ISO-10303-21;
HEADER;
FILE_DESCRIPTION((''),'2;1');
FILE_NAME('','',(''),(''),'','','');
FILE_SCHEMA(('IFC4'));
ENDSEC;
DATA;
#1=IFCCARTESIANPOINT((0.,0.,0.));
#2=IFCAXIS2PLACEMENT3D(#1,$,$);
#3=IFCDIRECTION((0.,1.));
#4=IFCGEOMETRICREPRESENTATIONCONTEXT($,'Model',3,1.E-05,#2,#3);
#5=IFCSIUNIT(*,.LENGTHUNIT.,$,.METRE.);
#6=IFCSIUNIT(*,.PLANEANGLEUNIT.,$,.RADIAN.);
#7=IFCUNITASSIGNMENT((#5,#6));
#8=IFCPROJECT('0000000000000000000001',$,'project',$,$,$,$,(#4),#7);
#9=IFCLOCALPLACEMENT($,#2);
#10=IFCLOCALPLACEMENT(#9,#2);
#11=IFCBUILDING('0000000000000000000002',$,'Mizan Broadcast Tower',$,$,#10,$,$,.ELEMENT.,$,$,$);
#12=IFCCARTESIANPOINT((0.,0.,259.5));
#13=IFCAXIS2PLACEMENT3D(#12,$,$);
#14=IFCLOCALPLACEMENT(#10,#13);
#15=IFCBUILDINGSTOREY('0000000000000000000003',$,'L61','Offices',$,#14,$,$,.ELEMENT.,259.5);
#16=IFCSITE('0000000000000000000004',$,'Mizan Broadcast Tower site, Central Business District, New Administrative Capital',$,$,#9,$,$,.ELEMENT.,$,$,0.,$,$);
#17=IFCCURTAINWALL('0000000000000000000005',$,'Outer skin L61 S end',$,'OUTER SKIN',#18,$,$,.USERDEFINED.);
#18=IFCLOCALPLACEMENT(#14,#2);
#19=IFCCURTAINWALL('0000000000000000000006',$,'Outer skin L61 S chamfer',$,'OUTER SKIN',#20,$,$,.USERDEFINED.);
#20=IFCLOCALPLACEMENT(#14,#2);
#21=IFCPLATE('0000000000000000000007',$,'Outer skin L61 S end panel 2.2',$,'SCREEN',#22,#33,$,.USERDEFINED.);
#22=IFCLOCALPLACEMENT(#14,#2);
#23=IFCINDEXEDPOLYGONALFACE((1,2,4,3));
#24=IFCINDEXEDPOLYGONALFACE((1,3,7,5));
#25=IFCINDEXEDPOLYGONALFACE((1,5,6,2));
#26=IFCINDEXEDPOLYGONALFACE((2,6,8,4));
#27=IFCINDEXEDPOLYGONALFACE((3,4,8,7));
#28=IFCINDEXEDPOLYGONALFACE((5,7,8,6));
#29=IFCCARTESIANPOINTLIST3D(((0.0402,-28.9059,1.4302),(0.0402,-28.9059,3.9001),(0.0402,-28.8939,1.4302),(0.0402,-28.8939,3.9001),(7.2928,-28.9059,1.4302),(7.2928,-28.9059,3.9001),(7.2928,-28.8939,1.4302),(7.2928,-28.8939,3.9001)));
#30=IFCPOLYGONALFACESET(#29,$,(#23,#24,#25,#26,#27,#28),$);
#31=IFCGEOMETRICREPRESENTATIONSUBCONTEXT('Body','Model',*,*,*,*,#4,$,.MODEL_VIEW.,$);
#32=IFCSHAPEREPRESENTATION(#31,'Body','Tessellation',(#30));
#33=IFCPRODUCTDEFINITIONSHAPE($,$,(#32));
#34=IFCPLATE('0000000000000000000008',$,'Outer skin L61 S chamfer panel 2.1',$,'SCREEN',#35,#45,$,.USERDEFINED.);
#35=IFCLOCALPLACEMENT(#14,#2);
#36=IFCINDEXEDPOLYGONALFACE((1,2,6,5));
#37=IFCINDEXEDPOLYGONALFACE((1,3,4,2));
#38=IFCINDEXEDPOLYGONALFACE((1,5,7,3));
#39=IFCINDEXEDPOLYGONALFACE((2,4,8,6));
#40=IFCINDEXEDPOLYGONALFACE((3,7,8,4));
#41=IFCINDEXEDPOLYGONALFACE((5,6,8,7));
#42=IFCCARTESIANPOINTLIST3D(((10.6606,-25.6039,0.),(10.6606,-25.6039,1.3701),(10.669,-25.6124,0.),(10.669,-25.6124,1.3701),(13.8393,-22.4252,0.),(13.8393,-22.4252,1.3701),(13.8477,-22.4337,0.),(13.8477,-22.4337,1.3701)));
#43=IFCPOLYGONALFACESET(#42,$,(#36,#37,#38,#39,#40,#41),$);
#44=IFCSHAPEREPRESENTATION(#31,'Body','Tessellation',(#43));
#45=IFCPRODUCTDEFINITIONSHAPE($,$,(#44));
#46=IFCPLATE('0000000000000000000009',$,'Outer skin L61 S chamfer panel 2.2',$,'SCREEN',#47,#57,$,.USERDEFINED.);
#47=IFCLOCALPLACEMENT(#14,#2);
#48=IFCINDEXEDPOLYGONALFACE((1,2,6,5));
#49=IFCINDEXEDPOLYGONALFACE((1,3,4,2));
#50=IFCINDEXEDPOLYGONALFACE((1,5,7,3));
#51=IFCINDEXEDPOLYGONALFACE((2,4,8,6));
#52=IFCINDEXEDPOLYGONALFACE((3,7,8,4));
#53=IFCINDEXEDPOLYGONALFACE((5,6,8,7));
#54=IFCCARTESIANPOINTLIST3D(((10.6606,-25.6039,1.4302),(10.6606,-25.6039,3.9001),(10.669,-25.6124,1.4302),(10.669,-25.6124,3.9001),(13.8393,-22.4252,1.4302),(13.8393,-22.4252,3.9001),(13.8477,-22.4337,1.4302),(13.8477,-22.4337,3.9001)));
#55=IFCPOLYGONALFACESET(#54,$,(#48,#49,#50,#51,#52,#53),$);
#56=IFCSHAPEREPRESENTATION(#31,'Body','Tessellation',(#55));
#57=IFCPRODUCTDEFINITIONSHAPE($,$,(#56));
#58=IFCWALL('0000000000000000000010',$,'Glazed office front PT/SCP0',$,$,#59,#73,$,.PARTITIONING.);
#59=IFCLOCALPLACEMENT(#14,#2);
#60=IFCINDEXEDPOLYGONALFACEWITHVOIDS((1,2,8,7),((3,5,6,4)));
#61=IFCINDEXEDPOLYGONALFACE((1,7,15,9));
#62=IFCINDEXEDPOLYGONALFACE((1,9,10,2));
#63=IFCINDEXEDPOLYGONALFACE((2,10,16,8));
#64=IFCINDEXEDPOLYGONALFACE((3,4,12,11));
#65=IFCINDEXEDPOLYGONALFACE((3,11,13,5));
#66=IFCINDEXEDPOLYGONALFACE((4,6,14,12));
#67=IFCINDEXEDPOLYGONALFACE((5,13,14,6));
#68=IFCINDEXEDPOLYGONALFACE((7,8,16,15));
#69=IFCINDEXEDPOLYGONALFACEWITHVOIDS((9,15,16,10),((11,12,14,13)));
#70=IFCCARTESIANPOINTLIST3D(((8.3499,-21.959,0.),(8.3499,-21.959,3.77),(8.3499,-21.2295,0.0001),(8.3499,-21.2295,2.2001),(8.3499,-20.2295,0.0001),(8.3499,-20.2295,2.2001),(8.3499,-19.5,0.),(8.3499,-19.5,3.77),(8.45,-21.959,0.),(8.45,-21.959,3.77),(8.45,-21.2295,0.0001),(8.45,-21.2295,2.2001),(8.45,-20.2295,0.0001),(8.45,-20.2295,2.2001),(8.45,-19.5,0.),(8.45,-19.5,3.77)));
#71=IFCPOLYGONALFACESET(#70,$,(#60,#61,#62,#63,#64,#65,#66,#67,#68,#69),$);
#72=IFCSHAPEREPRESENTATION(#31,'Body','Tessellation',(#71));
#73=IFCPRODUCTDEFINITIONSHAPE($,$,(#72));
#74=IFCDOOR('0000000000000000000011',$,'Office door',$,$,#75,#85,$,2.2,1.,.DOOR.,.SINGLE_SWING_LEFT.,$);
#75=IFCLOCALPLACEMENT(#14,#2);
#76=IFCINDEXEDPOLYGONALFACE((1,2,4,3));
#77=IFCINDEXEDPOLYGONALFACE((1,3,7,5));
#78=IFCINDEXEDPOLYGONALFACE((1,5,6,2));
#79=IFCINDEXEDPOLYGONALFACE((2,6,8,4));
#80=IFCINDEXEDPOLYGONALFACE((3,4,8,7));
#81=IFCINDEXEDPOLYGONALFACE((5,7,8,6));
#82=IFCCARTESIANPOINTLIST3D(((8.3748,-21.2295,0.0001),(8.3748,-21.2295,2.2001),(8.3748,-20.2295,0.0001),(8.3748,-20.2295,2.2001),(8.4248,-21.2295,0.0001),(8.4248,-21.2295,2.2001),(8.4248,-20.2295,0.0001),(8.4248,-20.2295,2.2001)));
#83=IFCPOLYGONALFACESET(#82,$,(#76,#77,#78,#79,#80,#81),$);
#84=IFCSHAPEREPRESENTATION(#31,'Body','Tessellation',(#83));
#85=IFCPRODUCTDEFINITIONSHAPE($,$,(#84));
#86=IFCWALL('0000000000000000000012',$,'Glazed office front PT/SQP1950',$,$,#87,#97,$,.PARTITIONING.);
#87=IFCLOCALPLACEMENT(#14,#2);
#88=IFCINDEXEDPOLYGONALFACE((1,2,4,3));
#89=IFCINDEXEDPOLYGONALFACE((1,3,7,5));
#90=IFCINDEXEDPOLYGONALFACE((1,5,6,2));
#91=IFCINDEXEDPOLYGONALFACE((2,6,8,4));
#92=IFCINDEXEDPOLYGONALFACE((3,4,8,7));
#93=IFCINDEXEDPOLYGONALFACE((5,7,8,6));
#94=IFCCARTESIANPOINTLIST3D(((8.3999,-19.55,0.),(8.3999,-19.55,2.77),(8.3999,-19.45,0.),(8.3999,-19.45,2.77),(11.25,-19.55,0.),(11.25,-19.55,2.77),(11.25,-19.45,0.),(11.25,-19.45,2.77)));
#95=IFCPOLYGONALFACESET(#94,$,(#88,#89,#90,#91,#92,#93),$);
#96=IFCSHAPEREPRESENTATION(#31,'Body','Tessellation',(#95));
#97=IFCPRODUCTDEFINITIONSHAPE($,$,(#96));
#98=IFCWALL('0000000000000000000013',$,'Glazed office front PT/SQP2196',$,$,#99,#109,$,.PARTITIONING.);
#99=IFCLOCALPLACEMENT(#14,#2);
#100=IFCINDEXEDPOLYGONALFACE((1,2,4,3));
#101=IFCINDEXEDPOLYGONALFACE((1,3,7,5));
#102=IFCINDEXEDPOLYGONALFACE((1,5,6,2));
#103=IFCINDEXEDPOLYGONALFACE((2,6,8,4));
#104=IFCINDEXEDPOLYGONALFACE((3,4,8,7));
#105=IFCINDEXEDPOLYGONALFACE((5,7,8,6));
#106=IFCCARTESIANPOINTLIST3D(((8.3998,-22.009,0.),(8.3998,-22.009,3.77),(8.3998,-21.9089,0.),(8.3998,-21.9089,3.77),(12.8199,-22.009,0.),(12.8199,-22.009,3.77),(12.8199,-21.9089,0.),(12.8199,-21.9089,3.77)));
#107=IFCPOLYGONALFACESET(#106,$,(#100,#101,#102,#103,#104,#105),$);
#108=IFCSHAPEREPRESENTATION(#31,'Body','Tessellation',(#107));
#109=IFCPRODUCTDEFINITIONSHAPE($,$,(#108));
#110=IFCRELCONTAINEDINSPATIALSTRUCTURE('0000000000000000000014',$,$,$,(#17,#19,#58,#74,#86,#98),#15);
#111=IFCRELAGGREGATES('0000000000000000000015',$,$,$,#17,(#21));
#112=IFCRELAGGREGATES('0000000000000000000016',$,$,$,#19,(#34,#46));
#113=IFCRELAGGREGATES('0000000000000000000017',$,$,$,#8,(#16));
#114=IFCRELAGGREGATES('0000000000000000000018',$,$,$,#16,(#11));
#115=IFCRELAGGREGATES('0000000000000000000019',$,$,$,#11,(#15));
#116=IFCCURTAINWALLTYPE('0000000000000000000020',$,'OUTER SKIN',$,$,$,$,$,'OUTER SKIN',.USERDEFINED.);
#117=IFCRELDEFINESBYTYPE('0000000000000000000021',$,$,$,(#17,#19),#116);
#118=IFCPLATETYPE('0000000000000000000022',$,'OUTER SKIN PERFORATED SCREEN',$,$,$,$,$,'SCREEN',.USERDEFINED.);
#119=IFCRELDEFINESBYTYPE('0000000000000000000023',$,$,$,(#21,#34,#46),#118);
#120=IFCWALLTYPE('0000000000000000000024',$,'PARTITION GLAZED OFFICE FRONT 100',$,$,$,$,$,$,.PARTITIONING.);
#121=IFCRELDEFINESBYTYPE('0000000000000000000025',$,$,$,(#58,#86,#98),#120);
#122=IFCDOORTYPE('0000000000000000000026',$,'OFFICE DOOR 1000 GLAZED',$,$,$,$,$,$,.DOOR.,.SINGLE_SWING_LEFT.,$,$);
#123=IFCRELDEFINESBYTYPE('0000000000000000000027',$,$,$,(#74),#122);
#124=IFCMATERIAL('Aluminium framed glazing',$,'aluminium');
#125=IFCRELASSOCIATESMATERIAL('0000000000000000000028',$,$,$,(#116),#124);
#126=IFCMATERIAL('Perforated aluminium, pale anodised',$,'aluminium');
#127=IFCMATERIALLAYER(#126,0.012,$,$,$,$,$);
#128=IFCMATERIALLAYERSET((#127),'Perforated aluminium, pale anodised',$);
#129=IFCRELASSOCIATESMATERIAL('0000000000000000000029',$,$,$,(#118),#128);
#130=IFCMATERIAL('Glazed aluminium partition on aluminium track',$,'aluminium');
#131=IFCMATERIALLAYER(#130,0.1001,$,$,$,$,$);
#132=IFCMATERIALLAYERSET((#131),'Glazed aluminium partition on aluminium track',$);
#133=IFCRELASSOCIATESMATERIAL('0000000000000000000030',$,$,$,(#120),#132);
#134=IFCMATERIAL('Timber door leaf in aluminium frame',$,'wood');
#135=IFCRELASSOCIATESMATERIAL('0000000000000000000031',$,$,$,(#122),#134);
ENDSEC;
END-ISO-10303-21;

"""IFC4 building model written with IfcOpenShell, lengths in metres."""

from ifc_helpers import new_model, si_unit, direction, frame, frame_2d, origin, origin_2d, place, context, subcontext, project, spatial, rectangle, extrude, material, layer, layer_set, type_object, element, fill, aggregate, save


model = new_model("IFC4")

# Units and contexts
model_context = context("Model", 3, precision=1e-05, world=origin(), true_north=direction((0.0, 1.0)))
body_context = subcontext(model_context, "Body", "Model", "MODEL_VIEW")
ifc_project = project(units=[si_unit("LENGTHUNIT", "METRE"), si_unit("PLANEANGLEUNIT", "RADIAN")], contexts=[model_context])

# Site, building, storey
site_placement = place(None, origin())
site = spatial("IfcSite", under=ifc_project, at=site_placement, Name="Mizan Broadcast Tower site, Central Business District, New Administrative Capital", CompositionType="ELEMENT", RefElevation=0.0)
building_placement = place(site_placement, origin())
building = spatial("IfcBuilding", under=site, at=building_placement, Name="Mizan Broadcast Tower", CompositionType="ELEMENT")
storey_placement = place(building_placement, frame((0.0, 0.0, 259.5)))
storey = spatial("IfcBuildingStorey", under=building, at=storey_placement, Name="L61", Description="Offices", CompositionType="ELEMENT", Elevation=259.5)

# Curtain wall
ifc_material_1 = material(Name="Aluminium framed glazing", Category="aluminium")
curtain_wall_type_1 = type_object("IfcCurtainWallType", Name="OUTER SKIN", ElementType="OUTER SKIN", PredefinedType="USERDEFINED", material=ifc_material_1)
curtain_wall_1_placement = place(storey_placement, origin())
curtain_wall_1 = element("IfcCurtainWall", 1, at=curtain_wall_1_placement, inside=storey, type_object=curtain_wall_type_1, Name="Outer skin L61 S end", ObjectType="OUTER SKIN", PredefinedType="USERDEFINED")

# Curtain wall
curtain_wall_2_placement = place(storey_placement, origin())
curtain_wall_2 = element("IfcCurtainWall", 2, at=curtain_wall_2_placement, inside=storey, type_object=curtain_wall_type_1, Name="Outer skin L61 S chamfer", ObjectType="OUTER SKIN", PredefinedType="USERDEFINED")

# Plates
ifc_material_2 = material(Name="Perforated aluminium, pale anodised", Category="aluminium")
ifc_layer_1 = layer(ifc_material_2, 0.012)
ifc_layer_set_1 = layer_set([ifc_layer_1], Name="Perforated aluminium, pale anodised")
plate_type_1 = type_object("IfcPlateType", Name="OUTER SKIN PERFORATED SCREEN", ElementType="SCREEN", PredefinedType="USERDEFINED", material=ifc_layer_set_1)
plate_1_placement = place(storey_placement, frame((3.6665, -28.8999, 1.4302), z_axis=(0.0, 0.0, 1.0), x_axis=(1.0, 0.0, 0.0)))
plate_1 = element("IfcPlate", 3, at=plate_1_placement, type_object=plate_type_1, Name="Outer skin L61 S end panel 2.2", ObjectType="SCREEN", PredefinedType="USERDEFINED", context=body_context, shape_type="SweptSolid", body=[
    extrude(rectangle(XDim=7.2527, YDim=0.012, at=origin_2d()), origin(), (0.0, 0.0, 1.0), 2.47),
])
aggregate(curtain_wall_1, [plate_1])
plate_2_placement = place(storey_placement, frame((12.2542, -24.0188, 0.0), z_axis=(0.0, 0.0, 1.0), x_axis=(0.707107, 0.707107, 0.0)))
plate_2 = element("IfcPlate", 4, at=plate_2_placement, type_object=plate_type_1, Name="Outer skin L61 S chamfer panel 2.1", ObjectType="SCREEN", PredefinedType="USERDEFINED", context=body_context, shape_type="SweptSolid", body=[
    extrude(rectangle(XDim=4.4954, YDim=0.012, at=origin_2d()), origin(), (0.0, 0.0, 1.0), 1.3701),
])
plate_3_placement = place(storey_placement, frame((12.2542, -24.0188, 1.4302), z_axis=(0.0, 0.0, 1.0), x_axis=(0.707107, 0.707107, 0.0)))
plate_3 = element("IfcPlate", 5, at=plate_3_placement, type_object=plate_type_1, Name="Outer skin L61 S chamfer panel 2.2", ObjectType="SCREEN", PredefinedType="USERDEFINED", context=body_context, shape_type="SweptSolid", body=[
    extrude(rectangle(XDim=4.4954, YDim=0.012, at=origin_2d()), origin(), (0.0, 0.0, 1.0), 2.47),
])
aggregate(curtain_wall_2, [plate_2, plate_3])

# Wall, opening, door
ifc_material_3 = material(Name="Glazed aluminium partition on aluminium track", Category="aluminium")
ifc_layer_2 = layer(ifc_material_3, 0.1001)
ifc_layer_set_2 = layer_set([ifc_layer_2], Name="Glazed aluminium partition on aluminium track")
wall_type = type_object("IfcWallType", Name="PARTITION GLAZED OFFICE FRONT 100", PredefinedType="PARTITIONING", material=ifc_layer_set_2)
wall_1_placement = place(storey_placement, frame((8.3999, -19.5, 0.0), z_axis=(0.0, 0.0, 1.0), x_axis=(0.0, -1.0, 0.0)))
wall_1 = element("IfcWall", 6, at=wall_1_placement, inside=storey, type_object=wall_type, Name="Glazed office front PT/SCP0", PredefinedType="PARTITIONING", context=body_context, shape_type="SweptSolid", body=[
    extrude(rectangle(XDim=2.459, YDim=0.1001, at=frame_2d((1.2295, 0.0))), origin(), (0.0, 0.0, 1.0), 3.77),
])
opening_placement = place(wall_1_placement, frame((0.7295, 0.0, 0.0)))
opening = element("IfcOpeningElement", 7, at=opening_placement, cuts=wall_1, PredefinedType="OPENING", context=body_context, shape_type="SweptSolid", body=[
    extrude(rectangle(XDim=1.0, YDim=2.2, at=frame_2d((0.5, 1.1001))), frame((0.0, 0.0601, 0.0), z_axis=(0.0, -1.0, 0.0), x_axis=(1.0, 0.0, 0.0)), (0.0, 0.0, 1.0), 0.1201),
])
ifc_material_4 = material(Name="Timber door leaf in aluminium frame", Category="wood")
door_type = type_object("IfcDoorType", Name="OFFICE DOOR 1000 GLAZED", OperationType="SINGLE_SWING_LEFT", PredefinedType="DOOR", material=ifc_material_4)
door_placement = place(opening_placement, origin())
door = element("IfcDoor", 8, at=door_placement, inside=storey, type_object=door_type, Name="Office door", OperationType="SINGLE_SWING_LEFT", OverallHeight=2.2, OverallWidth=1.0, PredefinedType="DOOR", context=body_context, shape_type="SweptSolid", body=[
    extrude(rectangle(XDim=1.0, YDim=2.2, at=frame_2d((0.5, 1.1001))), frame((0.0, 0.0249, 0.0), z_axis=(0.0, -1.0, 0.0), x_axis=(1.0, 0.0, 0.0)), (0.0, 0.0, 1.0), 0.05),
])
fill(opening, door)

# Walls
wall_2_placement = place(storey_placement, frame((8.3999, -19.5, 0.0), z_axis=(0.0, 0.0, 1.0), x_axis=(1.0, 0.0, 0.0)))
element("IfcWall", 9, at=wall_2_placement, inside=storey, type_object=wall_type, Name="Glazed office front PT/SQP1950", PredefinedType="PARTITIONING", context=body_context, shape_type="SweptSolid", body=[
    extrude(rectangle(XDim=2.8501, YDim=0.1001, at=frame_2d((1.425, 0.0))), origin(), (0.0, 0.0, 1.0), 2.77),
])
wall_3_placement = place(storey_placement, frame((8.3999, -21.959, 0.0), z_axis=(0.0, 0.0, 1.0), x_axis=(1.0, 0.0, 0.0)))
element("IfcWall", 10, at=wall_3_placement, inside=storey, type_object=wall_type, Name="Glazed office front PT/SQP2196", PredefinedType="PARTITIONING", context=body_context, shape_type="SweptSolid", body=[
    extrude(rectangle(XDim=4.4202, YDim=0.1001, at=frame_2d((2.21, 0.0))), origin(), (0.0, 0.0, 1.0), 3.77),
])

save(model, "model.ifc")
